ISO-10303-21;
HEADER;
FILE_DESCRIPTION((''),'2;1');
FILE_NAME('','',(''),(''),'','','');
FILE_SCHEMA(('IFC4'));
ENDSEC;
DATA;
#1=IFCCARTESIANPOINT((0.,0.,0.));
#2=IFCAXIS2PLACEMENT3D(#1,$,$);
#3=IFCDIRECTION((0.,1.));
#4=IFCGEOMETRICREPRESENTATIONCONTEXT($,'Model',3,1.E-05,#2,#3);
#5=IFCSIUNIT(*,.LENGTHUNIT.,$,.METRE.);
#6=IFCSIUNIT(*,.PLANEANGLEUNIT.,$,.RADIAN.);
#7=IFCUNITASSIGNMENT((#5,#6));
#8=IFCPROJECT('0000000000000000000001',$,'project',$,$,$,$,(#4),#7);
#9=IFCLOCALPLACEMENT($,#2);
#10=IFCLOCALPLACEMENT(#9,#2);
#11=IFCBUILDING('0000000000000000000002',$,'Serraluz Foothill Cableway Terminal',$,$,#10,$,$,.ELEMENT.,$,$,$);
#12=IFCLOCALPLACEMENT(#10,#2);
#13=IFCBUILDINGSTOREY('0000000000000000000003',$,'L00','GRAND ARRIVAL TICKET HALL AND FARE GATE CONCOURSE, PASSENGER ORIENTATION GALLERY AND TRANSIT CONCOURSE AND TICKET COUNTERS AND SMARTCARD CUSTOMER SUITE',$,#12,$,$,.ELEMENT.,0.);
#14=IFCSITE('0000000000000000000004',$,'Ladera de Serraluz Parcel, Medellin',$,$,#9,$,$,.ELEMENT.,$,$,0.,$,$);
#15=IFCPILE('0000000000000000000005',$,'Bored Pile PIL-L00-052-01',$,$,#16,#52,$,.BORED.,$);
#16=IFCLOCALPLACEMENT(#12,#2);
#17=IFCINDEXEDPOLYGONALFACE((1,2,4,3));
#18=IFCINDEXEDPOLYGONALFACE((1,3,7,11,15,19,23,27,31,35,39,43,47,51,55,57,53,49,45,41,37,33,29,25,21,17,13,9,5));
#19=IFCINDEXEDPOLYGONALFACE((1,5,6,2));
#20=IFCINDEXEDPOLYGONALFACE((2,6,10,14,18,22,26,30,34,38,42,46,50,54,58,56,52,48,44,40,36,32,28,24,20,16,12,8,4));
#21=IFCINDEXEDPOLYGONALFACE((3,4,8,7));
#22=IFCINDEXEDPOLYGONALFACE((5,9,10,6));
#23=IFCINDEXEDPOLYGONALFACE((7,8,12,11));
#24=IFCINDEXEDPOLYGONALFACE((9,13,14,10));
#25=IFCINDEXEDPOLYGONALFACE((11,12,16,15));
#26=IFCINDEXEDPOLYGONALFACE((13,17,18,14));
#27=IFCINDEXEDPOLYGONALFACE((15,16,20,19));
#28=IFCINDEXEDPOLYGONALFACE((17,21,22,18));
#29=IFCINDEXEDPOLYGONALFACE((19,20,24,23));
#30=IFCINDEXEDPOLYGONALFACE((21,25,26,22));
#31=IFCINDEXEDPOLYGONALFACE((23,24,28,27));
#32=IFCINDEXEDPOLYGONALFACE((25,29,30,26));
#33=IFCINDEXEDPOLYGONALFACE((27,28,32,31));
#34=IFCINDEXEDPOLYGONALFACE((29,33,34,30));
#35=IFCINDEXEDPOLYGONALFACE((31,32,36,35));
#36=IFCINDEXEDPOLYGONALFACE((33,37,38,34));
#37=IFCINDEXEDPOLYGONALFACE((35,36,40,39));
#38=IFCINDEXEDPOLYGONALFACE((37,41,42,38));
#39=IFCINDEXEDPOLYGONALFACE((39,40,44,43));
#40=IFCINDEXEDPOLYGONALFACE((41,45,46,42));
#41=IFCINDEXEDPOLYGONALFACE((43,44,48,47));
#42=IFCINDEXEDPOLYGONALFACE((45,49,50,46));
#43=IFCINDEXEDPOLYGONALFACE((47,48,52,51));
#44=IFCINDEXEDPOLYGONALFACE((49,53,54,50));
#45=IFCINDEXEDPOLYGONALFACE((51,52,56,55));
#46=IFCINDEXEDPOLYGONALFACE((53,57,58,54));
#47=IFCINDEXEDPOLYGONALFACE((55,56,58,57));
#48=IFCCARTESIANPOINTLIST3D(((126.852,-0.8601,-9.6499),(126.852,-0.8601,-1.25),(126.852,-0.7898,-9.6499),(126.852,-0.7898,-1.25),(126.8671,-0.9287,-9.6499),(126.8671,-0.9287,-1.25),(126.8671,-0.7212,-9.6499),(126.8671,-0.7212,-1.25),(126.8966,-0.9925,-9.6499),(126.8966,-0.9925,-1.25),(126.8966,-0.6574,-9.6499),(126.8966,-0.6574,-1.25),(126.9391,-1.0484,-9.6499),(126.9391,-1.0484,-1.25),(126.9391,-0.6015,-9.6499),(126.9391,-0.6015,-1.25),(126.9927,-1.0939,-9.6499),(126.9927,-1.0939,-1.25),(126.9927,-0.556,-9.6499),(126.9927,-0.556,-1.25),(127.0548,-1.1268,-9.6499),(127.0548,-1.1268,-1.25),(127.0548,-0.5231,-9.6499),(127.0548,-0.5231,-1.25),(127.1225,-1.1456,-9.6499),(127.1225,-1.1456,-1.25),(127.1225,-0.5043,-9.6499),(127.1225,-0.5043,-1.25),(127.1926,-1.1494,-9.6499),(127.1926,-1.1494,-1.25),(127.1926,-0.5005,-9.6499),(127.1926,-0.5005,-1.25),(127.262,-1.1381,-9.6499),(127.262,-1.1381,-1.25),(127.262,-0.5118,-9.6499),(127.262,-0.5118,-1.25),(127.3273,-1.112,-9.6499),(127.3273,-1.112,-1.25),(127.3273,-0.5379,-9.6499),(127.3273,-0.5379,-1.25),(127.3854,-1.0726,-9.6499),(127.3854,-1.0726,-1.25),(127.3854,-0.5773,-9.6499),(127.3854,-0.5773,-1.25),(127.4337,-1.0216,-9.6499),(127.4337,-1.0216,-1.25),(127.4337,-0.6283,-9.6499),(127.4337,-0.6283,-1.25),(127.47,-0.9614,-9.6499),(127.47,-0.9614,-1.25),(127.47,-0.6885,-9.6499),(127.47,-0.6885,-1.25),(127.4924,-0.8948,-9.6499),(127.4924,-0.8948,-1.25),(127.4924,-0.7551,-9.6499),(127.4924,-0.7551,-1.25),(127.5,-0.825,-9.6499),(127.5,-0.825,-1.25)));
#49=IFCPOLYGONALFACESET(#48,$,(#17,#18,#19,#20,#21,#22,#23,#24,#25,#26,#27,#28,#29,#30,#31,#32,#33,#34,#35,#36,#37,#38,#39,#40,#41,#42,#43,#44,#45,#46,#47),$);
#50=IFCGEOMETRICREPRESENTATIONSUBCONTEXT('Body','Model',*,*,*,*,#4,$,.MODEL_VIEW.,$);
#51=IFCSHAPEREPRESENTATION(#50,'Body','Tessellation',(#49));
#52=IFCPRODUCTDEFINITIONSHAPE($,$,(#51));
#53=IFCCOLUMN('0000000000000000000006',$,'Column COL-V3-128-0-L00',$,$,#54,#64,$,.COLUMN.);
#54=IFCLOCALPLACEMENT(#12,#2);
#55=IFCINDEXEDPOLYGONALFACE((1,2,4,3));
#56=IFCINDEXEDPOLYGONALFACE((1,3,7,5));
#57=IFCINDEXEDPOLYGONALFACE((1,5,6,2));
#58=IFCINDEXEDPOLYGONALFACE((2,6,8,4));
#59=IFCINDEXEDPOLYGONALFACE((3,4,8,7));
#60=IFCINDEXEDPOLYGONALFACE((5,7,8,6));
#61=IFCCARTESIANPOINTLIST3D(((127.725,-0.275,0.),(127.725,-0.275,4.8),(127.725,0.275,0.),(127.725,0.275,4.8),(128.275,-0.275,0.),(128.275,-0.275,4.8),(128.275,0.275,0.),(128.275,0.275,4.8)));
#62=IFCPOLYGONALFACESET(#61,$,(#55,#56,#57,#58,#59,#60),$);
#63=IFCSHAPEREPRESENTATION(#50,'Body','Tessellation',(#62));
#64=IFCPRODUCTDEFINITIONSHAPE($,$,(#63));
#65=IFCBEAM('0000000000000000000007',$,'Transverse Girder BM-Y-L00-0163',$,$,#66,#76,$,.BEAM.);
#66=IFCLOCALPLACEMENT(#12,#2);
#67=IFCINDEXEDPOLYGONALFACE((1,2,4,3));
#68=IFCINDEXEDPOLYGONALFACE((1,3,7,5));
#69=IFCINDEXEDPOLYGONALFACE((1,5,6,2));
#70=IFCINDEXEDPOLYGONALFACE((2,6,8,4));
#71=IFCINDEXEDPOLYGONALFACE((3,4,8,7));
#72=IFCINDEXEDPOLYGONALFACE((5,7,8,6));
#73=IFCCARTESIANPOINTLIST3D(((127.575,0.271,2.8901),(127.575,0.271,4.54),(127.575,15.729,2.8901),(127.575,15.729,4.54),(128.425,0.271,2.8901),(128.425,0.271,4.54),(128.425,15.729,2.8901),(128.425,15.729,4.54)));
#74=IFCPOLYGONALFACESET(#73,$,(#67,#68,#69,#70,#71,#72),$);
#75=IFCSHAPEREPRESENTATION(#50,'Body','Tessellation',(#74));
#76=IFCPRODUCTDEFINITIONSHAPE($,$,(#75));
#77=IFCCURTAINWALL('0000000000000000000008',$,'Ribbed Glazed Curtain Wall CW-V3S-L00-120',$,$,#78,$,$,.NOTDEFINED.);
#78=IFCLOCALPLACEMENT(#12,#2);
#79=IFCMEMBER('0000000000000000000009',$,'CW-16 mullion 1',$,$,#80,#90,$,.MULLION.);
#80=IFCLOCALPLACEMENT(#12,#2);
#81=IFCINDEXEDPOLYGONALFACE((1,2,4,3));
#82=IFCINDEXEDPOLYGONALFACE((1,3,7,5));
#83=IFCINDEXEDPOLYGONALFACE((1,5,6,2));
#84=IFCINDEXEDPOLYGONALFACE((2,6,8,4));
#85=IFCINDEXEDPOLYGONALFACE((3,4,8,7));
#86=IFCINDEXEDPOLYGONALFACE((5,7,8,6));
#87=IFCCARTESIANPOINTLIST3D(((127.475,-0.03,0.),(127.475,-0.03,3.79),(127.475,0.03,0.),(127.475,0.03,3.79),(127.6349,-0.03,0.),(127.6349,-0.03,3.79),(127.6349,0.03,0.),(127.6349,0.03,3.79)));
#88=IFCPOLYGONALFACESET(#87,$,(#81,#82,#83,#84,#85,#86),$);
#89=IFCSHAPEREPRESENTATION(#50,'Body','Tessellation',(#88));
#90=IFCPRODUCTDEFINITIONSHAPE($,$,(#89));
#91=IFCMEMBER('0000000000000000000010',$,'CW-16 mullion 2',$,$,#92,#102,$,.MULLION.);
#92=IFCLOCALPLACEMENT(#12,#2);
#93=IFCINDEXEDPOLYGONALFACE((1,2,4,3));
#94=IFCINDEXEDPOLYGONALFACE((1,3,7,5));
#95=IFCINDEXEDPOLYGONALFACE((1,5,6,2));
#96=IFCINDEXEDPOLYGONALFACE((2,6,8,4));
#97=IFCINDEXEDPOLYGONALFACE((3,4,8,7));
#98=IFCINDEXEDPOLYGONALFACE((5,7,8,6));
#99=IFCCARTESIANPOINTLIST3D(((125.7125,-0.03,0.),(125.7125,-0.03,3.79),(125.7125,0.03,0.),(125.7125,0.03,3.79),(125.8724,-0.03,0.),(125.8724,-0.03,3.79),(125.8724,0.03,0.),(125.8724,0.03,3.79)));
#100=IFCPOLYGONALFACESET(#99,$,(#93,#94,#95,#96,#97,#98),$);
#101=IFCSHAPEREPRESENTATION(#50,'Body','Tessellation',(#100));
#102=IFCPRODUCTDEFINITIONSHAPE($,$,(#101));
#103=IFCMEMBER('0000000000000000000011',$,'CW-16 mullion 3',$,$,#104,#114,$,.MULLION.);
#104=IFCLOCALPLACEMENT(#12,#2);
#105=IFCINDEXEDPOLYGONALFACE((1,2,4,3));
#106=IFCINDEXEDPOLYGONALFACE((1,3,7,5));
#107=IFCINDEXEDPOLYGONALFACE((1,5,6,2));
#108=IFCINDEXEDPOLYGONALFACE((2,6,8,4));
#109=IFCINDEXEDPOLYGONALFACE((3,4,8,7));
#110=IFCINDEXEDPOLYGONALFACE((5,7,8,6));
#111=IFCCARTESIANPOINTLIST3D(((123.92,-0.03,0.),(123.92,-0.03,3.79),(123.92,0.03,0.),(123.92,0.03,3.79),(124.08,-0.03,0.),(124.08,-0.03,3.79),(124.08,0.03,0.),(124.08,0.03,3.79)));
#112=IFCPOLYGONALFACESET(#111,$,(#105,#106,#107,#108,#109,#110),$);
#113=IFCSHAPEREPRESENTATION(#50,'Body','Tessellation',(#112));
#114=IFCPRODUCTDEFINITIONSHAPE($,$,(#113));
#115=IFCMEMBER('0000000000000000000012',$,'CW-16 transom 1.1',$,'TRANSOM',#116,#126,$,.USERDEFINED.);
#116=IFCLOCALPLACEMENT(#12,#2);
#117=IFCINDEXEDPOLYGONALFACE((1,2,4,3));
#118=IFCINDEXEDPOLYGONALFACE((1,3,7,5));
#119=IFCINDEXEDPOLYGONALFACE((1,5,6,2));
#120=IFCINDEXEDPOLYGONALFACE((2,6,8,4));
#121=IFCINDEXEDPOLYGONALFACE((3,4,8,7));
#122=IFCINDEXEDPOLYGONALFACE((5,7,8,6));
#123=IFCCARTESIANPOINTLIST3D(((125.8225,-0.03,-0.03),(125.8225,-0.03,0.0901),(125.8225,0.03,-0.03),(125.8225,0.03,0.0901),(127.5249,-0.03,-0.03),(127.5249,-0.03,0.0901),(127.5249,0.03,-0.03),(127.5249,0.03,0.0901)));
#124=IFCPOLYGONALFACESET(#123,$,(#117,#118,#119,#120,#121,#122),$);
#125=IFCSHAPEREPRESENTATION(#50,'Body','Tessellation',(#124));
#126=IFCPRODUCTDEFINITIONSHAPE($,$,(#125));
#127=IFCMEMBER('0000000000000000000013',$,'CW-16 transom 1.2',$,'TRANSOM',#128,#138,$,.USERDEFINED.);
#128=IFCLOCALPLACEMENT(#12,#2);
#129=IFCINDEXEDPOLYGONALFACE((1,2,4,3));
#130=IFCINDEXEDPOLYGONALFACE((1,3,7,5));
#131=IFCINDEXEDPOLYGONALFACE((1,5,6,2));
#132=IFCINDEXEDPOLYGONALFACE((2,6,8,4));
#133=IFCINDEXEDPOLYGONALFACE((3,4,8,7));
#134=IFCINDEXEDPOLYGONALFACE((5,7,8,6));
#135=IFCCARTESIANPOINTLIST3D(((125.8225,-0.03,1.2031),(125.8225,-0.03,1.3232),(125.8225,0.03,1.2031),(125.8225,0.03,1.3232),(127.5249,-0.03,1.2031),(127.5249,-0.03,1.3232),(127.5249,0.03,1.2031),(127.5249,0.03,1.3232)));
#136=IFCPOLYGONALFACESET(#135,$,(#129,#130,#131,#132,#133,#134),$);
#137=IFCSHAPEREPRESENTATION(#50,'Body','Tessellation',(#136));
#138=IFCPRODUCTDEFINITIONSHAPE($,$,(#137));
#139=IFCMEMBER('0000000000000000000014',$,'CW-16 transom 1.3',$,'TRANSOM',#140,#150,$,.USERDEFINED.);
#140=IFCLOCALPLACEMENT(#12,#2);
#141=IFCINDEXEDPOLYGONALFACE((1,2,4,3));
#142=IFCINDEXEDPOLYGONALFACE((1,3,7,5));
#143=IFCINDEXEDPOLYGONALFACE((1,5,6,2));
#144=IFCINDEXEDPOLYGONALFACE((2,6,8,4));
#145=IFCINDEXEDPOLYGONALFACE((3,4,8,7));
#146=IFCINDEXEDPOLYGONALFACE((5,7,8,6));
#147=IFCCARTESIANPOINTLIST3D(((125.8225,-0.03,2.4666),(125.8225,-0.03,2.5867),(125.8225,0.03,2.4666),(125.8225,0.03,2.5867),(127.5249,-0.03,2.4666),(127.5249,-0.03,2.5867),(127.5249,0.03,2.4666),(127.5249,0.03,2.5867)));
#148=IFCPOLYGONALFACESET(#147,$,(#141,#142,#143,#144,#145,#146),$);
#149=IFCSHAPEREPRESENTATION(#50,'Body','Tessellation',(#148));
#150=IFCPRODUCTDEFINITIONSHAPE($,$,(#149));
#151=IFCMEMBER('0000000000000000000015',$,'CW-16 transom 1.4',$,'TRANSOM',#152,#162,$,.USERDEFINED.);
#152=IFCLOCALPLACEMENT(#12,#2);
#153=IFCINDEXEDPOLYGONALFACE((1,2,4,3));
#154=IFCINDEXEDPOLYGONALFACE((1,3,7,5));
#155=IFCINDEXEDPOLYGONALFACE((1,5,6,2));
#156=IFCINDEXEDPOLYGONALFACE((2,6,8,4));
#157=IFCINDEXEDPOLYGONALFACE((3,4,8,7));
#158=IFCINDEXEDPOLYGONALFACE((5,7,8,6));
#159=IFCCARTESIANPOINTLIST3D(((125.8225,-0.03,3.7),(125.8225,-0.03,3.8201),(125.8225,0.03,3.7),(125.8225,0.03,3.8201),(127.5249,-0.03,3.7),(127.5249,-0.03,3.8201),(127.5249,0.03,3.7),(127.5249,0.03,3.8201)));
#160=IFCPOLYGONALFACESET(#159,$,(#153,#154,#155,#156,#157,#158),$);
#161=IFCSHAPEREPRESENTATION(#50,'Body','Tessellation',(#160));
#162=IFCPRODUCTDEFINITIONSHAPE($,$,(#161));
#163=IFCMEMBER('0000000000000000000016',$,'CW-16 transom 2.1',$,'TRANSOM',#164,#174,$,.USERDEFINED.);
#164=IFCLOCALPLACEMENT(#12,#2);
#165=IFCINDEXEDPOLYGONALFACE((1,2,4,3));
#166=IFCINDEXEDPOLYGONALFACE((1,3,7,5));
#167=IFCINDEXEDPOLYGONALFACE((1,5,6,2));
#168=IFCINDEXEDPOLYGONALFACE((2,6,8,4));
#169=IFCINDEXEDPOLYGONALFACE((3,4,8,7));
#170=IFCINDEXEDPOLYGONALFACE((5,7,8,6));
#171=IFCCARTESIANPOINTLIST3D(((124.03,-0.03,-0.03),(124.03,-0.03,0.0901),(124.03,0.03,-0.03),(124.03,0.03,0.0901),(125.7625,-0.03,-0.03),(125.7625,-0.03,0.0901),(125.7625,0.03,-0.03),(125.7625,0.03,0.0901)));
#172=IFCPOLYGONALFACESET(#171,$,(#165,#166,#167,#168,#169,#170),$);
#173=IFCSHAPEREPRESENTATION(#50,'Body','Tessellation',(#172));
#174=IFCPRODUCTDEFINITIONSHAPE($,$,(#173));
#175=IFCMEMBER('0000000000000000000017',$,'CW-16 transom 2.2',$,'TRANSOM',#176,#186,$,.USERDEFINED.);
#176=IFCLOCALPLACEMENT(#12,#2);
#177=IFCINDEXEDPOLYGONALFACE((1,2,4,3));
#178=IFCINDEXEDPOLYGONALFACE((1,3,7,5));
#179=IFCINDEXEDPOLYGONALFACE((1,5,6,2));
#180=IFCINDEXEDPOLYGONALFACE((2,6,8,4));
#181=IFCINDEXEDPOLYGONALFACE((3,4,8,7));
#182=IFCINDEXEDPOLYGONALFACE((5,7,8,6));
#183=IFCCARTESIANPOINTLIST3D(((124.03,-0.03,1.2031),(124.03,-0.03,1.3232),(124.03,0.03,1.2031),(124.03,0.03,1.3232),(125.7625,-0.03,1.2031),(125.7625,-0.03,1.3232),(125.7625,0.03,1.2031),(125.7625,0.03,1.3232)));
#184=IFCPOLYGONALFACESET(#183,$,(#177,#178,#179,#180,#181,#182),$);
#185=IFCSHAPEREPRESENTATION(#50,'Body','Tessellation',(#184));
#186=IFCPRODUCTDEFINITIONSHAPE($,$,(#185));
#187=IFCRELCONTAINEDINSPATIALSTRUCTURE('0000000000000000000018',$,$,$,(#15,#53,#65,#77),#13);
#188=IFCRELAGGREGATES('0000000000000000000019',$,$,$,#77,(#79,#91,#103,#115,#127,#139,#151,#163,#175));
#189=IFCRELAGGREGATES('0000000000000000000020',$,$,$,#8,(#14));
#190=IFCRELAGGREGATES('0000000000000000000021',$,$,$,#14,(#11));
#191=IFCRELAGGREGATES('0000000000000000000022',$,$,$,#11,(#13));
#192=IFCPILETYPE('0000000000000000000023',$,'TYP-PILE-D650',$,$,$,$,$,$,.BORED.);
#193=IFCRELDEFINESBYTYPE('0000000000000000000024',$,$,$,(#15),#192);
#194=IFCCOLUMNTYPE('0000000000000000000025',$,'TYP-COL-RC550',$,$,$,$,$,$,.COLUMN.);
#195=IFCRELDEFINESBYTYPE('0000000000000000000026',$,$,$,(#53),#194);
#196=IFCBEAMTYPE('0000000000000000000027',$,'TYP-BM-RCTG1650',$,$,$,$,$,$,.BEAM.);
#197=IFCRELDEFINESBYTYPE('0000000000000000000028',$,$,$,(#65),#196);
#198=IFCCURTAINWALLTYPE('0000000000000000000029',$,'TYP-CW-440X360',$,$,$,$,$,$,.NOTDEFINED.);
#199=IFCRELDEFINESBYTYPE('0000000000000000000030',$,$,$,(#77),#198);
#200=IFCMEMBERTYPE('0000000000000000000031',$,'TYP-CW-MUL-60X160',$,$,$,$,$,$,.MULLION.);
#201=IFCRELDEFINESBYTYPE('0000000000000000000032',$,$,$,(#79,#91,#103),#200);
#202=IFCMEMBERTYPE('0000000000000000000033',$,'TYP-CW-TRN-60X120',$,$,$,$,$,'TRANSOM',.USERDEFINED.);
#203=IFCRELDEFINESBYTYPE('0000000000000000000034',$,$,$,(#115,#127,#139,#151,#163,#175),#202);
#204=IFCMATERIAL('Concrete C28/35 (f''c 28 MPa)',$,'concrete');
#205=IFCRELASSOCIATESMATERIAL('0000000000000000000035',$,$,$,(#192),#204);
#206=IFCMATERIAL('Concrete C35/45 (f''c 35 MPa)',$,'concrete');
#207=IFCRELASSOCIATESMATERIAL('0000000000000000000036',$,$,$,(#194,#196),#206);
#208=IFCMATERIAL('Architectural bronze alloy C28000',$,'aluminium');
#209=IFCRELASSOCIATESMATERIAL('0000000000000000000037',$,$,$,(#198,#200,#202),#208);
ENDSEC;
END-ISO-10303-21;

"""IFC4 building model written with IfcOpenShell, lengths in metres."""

from ifc_helpers import new_model, si_unit, direction, frame, origin, origin_2d, place, context, subcontext, project, spatial, rectangle, circle, extrude, material, material_profile, profile_set, type_object, element, aggregate, save


model = new_model("IFC4")

# Units and contexts
model_context = context("Model", 3, precision=1e-05, world=origin(), true_north=direction((0.0, 1.0)))
body_context = subcontext(model_context, "Body", "Model", "MODEL_VIEW")
ifc_project = project(units=[si_unit("LENGTHUNIT", "METRE"), si_unit("PLANEANGLEUNIT", "RADIAN")], contexts=[model_context])

# Site, building, storey
site_placement = place(None, origin())
site = spatial("IfcSite", under=ifc_project, at=site_placement, Name="Ladera de Serraluz Parcel, Medellin", CompositionType="ELEMENT", RefElevation=0.0)
building_placement = place(site_placement, origin())
building = spatial("IfcBuilding", under=site, at=building_placement, Name="Serraluz Foothill Cableway Terminal", CompositionType="ELEMENT")
storey_placement = place(building_placement, origin())
storey = spatial("IfcBuildingStorey", under=building, at=storey_placement, Name="L00", Description="GRAND ARRIVAL TICKET HALL AND FARE GATE CONCOURSE, PASSENGER ORIENTATION GALLERY AND TRANSIT CONCOURSE AND TICKET COUNTERS AND SMARTCARD CUSTOMER SUITE", CompositionType="ELEMENT", Elevation=0.0)

# Pile
ifc_material_1 = material(Name="Concrete C28/35 (f'c 28 MPa)", Category="concrete")
ifc_material_profile_1 = material_profile(ifc_material_1, circle(Radius=0.325, at=origin_2d()), Name="BORED PILE D650")
ifc_profile_set_1 = profile_set([ifc_material_profile_1], Name="Concrete C28/35 (f'c 28 MPa)")
pile_type = type_object("IfcPileType", Name="TYP-PILE-D650", PredefinedType="BORED", material=ifc_profile_set_1)
pile_placement = place(storey_placement, frame((127.175, -0.825, -1.25), z_axis=(0.0, 0.0, -1.0), x_axis=(1.0, 0.0, 0.0)))
element("IfcPile", 1, at=pile_placement, inside=storey, type_object=pile_type, Name="Bored Pile PIL-L00-052-01", PredefinedType="BORED", context=body_context, shape_type="SweptSolid", body=[
    extrude(circle(Radius=0.325, at=origin_2d()), origin(), (0.0, 0.0, 1.0), 8.3999),
])

# Column
ifc_material_2 = material(Name="Concrete C35/45 (f'c 35 MPa)", Category="concrete")
ifc_material_profile_2 = material_profile(ifc_material_2, rectangle(XDim=0.55, YDim=0.55, at=origin_2d()), Name="RC 550x550")
ifc_profile_set_2 = profile_set([ifc_material_profile_2], Name="Concrete C35/45 (f'c 35 MPa)")
column_type = type_object("IfcColumnType", Name="TYP-COL-RC550", PredefinedType="COLUMN", material=ifc_profile_set_2)
column_placement = place(storey_placement, frame((128.0, 0.0, 0.0), z_axis=(0.0, 0.0, 1.0), x_axis=(1.0, 0.0, 0.0)))
element("IfcColumn", 2, at=column_placement, inside=storey, type_object=column_type, Name="Column COL-V3-128-0-L00", PredefinedType="COLUMN", context=body_context, shape_type="SweptSolid", body=[
    extrude(rectangle(XDim=0.55, YDim=0.55, at=origin_2d()), origin(), (0.0, 0.0, 1.0), 4.8),
])

# Beam
ifc_material_profile_3 = material_profile(ifc_material_2, rectangle(XDim=0.8501, YDim=1.6499, at=origin_2d()), Name="RC TG 850x1650")
ifc_profile_set_3 = profile_set([ifc_material_profile_3], Name="Concrete C35/45 (f'c 35 MPa)")
beam_type = type_object("IfcBeamType", Name="TYP-BM-RCTG1650", PredefinedType="BEAM", material=ifc_profile_set_3)
beam_placement = place(storey_placement, frame((128.0, 0.271, 3.7151), z_axis=(0.0, 1.0, 0.0), x_axis=(-1.0, 0.0, 0.0)))
element("IfcBeam", 3, at=beam_placement, inside=storey, type_object=beam_type, Name="Transverse Girder BM-Y-L00-0163", PredefinedType="BEAM", context=body_context, shape_type="SweptSolid", body=[
    extrude(rectangle(XDim=0.8501, YDim=1.6499, at=origin_2d()), origin(), (0.0, 0.0, 1.0), 15.458),
])

# Curtain wall, members
ifc_material_3 = material(Name="Architectural bronze alloy C28000", Category="aluminium")
curtain_wall_type = type_object("IfcCurtainWallType", Name="TYP-CW-440X360", PredefinedType="NOTDEFINED", material=ifc_material_3)
curtain_wall_placement = place(storey_placement, origin())
curtain_wall = element("IfcCurtainWall", 4, at=curtain_wall_placement, inside=storey, type_object=curtain_wall_type, Name="Ribbed Glazed Curtain Wall CW-V3S-L00-120", PredefinedType="NOTDEFINED")
ifc_material_profile_4 = material_profile(ifc_material_3, rectangle(XDim=0.0601, YDim=0.1599, at=origin_2d()), Name="ALU MULLION 60x160")
ifc_profile_set_4 = profile_set([ifc_material_profile_4], Name="Architectural bronze alloy C28000")
member_type_1 = type_object("IfcMemberType", Name="TYP-CW-MUL-60X160", PredefinedType="MULLION", material=ifc_profile_set_4)
member_1_placement = place(storey_placement, frame((127.5549, 0.0, 0.0), z_axis=(0.0, 0.0, 1.0), x_axis=(0.0, -1.0, 0.0)))
member_1 = element("IfcMember", 5, at=member_1_placement, type_object=member_type_1, Name="CW-16 mullion 1", PredefinedType="MULLION", context=body_context, shape_type="SweptSolid", body=[
    extrude(rectangle(XDim=0.0601, YDim=0.1599, at=origin_2d()), origin(), (0.0, 0.0, 1.0), 3.79),
])
member_2_placement = place(storey_placement, frame((125.7925, 0.0, 0.0), z_axis=(0.0, 0.0, 1.0), x_axis=(0.0, -1.0, 0.0)))
member_2 = element("IfcMember", 6, at=member_2_placement, type_object=member_type_1, Name="CW-16 mullion 2", PredefinedType="MULLION", context=body_context, shape_type="SweptSolid", body=[
    extrude(rectangle(XDim=0.0601, YDim=0.1599, at=origin_2d()), origin(), (0.0, 0.0, 1.0), 3.79),
])
member_3_placement = place(storey_placement, frame((124.0, 0.0, 0.0), z_axis=(0.0, 0.0, 1.0), x_axis=(0.0, -1.0, 0.0)))
member_3 = element("IfcMember", 7, at=member_3_placement, type_object=member_type_1, Name="CW-16 mullion 3", PredefinedType="MULLION", context=body_context, shape_type="SweptSolid", body=[
    extrude(rectangle(XDim=0.0601, YDim=0.1599, at=origin_2d()), origin(), (0.0, 0.0, 1.0), 3.79),
])
ifc_material_profile_5 = material_profile(ifc_material_3, rectangle(XDim=0.0601, YDim=0.1201, at=origin_2d()), Name="ALU TRANSOM 60x120")
ifc_profile_set_5 = profile_set([ifc_material_profile_5], Name="Architectural bronze alloy C28000")
member_type_2 = type_object("IfcMemberType", Name="TYP-CW-TRN-60X120", ElementType="TRANSOM", PredefinedType="USERDEFINED", material=ifc_profile_set_5)
member_4_placement = place(storey_placement, frame((127.5249, 0.0, 0.03), z_axis=(-1.0, 0.0, 0.0), x_axis=(0.0, -1.0, 0.0)))
member_4 = element("IfcMember", 8, at=member_4_placement, type_object=member_type_2, Name="CW-16 transom 1.1", ObjectType="TRANSOM", PredefinedType="USERDEFINED", context=body_context, shape_type="SweptSolid", body=[
    extrude(rectangle(XDim=0.0601, YDim=0.1201, at=origin_2d()), origin(), (0.0, 0.0, 1.0), 1.7024),
])
member_5_placement = place(storey_placement, frame((127.5249, 0.0, 1.2632), z_axis=(-1.0, 0.0, 0.0), x_axis=(0.0, -1.0, 0.0)))
member_5 = element("IfcMember", 9, at=member_5_placement, type_object=member_type_2, Name="CW-16 transom 1.2", ObjectType="TRANSOM", PredefinedType="USERDEFINED", context=body_context, shape_type="SweptSolid", body=[
    extrude(rectangle(XDim=0.0601, YDim=0.1201, at=origin_2d()), origin(), (0.0, 0.0, 1.0), 1.7024),
])
member_6_placement = place(storey_placement, frame((127.5249, 0.0, 2.5266), z_axis=(-1.0, 0.0, 0.0), x_axis=(0.0, -1.0, 0.0)))
member_6 = element("IfcMember", 10, at=member_6_placement, type_object=member_type_2, Name="CW-16 transom 1.3", ObjectType="TRANSOM", PredefinedType="USERDEFINED", context=body_context, shape_type="SweptSolid", body=[
    extrude(rectangle(XDim=0.0601, YDim=0.1201, at=origin_2d()), origin(), (0.0, 0.0, 1.0), 1.7024),
])
member_7_placement = place(storey_placement, frame((127.5249, 0.0, 3.76), z_axis=(-1.0, 0.0, 0.0), x_axis=(0.0, -1.0, 0.0)))
member_7 = element("IfcMember", 11, at=member_7_placement, type_object=member_type_2, Name="CW-16 transom 1.4", ObjectType="TRANSOM", PredefinedType="USERDEFINED", context=body_context, shape_type="SweptSolid", body=[
    extrude(rectangle(XDim=0.0601, YDim=0.1201, at=origin_2d()), origin(), (0.0, 0.0, 1.0), 1.7024),
])
member_8_placement = place(storey_placement, frame((125.7625, 0.0, 0.03), z_axis=(-1.0, 0.0, 0.0), x_axis=(0.0, -1.0, 0.0)))
member_8 = element("IfcMember", 12, at=member_8_placement, type_object=member_type_2, Name="CW-16 transom 2.1", ObjectType="TRANSOM", PredefinedType="USERDEFINED", context=body_context, shape_type="SweptSolid", body=[
    extrude(rectangle(XDim=0.0601, YDim=0.1201, at=origin_2d()), origin(), (0.0, 0.0, 1.0), 1.7324),
])
member_9_placement = place(storey_placement, frame((125.7625, 0.0, 1.2632), z_axis=(-1.0, 0.0, 0.0), x_axis=(0.0, -1.0, 0.0)))
member_9 = element("IfcMember", 13, at=member_9_placement, type_object=member_type_2, Name="CW-16 transom 2.2", ObjectType="TRANSOM", PredefinedType="USERDEFINED", context=body_context, shape_type="SweptSolid", body=[
    extrude(rectangle(XDim=0.0601, YDim=0.1201, at=origin_2d()), origin(), (0.0, 0.0, 1.0), 1.7324),
])
aggregate(curtain_wall, [member_1, member_2, member_3, member_4, member_5, member_6, member_7, member_8, member_9])

save(model, "model.ifc")
